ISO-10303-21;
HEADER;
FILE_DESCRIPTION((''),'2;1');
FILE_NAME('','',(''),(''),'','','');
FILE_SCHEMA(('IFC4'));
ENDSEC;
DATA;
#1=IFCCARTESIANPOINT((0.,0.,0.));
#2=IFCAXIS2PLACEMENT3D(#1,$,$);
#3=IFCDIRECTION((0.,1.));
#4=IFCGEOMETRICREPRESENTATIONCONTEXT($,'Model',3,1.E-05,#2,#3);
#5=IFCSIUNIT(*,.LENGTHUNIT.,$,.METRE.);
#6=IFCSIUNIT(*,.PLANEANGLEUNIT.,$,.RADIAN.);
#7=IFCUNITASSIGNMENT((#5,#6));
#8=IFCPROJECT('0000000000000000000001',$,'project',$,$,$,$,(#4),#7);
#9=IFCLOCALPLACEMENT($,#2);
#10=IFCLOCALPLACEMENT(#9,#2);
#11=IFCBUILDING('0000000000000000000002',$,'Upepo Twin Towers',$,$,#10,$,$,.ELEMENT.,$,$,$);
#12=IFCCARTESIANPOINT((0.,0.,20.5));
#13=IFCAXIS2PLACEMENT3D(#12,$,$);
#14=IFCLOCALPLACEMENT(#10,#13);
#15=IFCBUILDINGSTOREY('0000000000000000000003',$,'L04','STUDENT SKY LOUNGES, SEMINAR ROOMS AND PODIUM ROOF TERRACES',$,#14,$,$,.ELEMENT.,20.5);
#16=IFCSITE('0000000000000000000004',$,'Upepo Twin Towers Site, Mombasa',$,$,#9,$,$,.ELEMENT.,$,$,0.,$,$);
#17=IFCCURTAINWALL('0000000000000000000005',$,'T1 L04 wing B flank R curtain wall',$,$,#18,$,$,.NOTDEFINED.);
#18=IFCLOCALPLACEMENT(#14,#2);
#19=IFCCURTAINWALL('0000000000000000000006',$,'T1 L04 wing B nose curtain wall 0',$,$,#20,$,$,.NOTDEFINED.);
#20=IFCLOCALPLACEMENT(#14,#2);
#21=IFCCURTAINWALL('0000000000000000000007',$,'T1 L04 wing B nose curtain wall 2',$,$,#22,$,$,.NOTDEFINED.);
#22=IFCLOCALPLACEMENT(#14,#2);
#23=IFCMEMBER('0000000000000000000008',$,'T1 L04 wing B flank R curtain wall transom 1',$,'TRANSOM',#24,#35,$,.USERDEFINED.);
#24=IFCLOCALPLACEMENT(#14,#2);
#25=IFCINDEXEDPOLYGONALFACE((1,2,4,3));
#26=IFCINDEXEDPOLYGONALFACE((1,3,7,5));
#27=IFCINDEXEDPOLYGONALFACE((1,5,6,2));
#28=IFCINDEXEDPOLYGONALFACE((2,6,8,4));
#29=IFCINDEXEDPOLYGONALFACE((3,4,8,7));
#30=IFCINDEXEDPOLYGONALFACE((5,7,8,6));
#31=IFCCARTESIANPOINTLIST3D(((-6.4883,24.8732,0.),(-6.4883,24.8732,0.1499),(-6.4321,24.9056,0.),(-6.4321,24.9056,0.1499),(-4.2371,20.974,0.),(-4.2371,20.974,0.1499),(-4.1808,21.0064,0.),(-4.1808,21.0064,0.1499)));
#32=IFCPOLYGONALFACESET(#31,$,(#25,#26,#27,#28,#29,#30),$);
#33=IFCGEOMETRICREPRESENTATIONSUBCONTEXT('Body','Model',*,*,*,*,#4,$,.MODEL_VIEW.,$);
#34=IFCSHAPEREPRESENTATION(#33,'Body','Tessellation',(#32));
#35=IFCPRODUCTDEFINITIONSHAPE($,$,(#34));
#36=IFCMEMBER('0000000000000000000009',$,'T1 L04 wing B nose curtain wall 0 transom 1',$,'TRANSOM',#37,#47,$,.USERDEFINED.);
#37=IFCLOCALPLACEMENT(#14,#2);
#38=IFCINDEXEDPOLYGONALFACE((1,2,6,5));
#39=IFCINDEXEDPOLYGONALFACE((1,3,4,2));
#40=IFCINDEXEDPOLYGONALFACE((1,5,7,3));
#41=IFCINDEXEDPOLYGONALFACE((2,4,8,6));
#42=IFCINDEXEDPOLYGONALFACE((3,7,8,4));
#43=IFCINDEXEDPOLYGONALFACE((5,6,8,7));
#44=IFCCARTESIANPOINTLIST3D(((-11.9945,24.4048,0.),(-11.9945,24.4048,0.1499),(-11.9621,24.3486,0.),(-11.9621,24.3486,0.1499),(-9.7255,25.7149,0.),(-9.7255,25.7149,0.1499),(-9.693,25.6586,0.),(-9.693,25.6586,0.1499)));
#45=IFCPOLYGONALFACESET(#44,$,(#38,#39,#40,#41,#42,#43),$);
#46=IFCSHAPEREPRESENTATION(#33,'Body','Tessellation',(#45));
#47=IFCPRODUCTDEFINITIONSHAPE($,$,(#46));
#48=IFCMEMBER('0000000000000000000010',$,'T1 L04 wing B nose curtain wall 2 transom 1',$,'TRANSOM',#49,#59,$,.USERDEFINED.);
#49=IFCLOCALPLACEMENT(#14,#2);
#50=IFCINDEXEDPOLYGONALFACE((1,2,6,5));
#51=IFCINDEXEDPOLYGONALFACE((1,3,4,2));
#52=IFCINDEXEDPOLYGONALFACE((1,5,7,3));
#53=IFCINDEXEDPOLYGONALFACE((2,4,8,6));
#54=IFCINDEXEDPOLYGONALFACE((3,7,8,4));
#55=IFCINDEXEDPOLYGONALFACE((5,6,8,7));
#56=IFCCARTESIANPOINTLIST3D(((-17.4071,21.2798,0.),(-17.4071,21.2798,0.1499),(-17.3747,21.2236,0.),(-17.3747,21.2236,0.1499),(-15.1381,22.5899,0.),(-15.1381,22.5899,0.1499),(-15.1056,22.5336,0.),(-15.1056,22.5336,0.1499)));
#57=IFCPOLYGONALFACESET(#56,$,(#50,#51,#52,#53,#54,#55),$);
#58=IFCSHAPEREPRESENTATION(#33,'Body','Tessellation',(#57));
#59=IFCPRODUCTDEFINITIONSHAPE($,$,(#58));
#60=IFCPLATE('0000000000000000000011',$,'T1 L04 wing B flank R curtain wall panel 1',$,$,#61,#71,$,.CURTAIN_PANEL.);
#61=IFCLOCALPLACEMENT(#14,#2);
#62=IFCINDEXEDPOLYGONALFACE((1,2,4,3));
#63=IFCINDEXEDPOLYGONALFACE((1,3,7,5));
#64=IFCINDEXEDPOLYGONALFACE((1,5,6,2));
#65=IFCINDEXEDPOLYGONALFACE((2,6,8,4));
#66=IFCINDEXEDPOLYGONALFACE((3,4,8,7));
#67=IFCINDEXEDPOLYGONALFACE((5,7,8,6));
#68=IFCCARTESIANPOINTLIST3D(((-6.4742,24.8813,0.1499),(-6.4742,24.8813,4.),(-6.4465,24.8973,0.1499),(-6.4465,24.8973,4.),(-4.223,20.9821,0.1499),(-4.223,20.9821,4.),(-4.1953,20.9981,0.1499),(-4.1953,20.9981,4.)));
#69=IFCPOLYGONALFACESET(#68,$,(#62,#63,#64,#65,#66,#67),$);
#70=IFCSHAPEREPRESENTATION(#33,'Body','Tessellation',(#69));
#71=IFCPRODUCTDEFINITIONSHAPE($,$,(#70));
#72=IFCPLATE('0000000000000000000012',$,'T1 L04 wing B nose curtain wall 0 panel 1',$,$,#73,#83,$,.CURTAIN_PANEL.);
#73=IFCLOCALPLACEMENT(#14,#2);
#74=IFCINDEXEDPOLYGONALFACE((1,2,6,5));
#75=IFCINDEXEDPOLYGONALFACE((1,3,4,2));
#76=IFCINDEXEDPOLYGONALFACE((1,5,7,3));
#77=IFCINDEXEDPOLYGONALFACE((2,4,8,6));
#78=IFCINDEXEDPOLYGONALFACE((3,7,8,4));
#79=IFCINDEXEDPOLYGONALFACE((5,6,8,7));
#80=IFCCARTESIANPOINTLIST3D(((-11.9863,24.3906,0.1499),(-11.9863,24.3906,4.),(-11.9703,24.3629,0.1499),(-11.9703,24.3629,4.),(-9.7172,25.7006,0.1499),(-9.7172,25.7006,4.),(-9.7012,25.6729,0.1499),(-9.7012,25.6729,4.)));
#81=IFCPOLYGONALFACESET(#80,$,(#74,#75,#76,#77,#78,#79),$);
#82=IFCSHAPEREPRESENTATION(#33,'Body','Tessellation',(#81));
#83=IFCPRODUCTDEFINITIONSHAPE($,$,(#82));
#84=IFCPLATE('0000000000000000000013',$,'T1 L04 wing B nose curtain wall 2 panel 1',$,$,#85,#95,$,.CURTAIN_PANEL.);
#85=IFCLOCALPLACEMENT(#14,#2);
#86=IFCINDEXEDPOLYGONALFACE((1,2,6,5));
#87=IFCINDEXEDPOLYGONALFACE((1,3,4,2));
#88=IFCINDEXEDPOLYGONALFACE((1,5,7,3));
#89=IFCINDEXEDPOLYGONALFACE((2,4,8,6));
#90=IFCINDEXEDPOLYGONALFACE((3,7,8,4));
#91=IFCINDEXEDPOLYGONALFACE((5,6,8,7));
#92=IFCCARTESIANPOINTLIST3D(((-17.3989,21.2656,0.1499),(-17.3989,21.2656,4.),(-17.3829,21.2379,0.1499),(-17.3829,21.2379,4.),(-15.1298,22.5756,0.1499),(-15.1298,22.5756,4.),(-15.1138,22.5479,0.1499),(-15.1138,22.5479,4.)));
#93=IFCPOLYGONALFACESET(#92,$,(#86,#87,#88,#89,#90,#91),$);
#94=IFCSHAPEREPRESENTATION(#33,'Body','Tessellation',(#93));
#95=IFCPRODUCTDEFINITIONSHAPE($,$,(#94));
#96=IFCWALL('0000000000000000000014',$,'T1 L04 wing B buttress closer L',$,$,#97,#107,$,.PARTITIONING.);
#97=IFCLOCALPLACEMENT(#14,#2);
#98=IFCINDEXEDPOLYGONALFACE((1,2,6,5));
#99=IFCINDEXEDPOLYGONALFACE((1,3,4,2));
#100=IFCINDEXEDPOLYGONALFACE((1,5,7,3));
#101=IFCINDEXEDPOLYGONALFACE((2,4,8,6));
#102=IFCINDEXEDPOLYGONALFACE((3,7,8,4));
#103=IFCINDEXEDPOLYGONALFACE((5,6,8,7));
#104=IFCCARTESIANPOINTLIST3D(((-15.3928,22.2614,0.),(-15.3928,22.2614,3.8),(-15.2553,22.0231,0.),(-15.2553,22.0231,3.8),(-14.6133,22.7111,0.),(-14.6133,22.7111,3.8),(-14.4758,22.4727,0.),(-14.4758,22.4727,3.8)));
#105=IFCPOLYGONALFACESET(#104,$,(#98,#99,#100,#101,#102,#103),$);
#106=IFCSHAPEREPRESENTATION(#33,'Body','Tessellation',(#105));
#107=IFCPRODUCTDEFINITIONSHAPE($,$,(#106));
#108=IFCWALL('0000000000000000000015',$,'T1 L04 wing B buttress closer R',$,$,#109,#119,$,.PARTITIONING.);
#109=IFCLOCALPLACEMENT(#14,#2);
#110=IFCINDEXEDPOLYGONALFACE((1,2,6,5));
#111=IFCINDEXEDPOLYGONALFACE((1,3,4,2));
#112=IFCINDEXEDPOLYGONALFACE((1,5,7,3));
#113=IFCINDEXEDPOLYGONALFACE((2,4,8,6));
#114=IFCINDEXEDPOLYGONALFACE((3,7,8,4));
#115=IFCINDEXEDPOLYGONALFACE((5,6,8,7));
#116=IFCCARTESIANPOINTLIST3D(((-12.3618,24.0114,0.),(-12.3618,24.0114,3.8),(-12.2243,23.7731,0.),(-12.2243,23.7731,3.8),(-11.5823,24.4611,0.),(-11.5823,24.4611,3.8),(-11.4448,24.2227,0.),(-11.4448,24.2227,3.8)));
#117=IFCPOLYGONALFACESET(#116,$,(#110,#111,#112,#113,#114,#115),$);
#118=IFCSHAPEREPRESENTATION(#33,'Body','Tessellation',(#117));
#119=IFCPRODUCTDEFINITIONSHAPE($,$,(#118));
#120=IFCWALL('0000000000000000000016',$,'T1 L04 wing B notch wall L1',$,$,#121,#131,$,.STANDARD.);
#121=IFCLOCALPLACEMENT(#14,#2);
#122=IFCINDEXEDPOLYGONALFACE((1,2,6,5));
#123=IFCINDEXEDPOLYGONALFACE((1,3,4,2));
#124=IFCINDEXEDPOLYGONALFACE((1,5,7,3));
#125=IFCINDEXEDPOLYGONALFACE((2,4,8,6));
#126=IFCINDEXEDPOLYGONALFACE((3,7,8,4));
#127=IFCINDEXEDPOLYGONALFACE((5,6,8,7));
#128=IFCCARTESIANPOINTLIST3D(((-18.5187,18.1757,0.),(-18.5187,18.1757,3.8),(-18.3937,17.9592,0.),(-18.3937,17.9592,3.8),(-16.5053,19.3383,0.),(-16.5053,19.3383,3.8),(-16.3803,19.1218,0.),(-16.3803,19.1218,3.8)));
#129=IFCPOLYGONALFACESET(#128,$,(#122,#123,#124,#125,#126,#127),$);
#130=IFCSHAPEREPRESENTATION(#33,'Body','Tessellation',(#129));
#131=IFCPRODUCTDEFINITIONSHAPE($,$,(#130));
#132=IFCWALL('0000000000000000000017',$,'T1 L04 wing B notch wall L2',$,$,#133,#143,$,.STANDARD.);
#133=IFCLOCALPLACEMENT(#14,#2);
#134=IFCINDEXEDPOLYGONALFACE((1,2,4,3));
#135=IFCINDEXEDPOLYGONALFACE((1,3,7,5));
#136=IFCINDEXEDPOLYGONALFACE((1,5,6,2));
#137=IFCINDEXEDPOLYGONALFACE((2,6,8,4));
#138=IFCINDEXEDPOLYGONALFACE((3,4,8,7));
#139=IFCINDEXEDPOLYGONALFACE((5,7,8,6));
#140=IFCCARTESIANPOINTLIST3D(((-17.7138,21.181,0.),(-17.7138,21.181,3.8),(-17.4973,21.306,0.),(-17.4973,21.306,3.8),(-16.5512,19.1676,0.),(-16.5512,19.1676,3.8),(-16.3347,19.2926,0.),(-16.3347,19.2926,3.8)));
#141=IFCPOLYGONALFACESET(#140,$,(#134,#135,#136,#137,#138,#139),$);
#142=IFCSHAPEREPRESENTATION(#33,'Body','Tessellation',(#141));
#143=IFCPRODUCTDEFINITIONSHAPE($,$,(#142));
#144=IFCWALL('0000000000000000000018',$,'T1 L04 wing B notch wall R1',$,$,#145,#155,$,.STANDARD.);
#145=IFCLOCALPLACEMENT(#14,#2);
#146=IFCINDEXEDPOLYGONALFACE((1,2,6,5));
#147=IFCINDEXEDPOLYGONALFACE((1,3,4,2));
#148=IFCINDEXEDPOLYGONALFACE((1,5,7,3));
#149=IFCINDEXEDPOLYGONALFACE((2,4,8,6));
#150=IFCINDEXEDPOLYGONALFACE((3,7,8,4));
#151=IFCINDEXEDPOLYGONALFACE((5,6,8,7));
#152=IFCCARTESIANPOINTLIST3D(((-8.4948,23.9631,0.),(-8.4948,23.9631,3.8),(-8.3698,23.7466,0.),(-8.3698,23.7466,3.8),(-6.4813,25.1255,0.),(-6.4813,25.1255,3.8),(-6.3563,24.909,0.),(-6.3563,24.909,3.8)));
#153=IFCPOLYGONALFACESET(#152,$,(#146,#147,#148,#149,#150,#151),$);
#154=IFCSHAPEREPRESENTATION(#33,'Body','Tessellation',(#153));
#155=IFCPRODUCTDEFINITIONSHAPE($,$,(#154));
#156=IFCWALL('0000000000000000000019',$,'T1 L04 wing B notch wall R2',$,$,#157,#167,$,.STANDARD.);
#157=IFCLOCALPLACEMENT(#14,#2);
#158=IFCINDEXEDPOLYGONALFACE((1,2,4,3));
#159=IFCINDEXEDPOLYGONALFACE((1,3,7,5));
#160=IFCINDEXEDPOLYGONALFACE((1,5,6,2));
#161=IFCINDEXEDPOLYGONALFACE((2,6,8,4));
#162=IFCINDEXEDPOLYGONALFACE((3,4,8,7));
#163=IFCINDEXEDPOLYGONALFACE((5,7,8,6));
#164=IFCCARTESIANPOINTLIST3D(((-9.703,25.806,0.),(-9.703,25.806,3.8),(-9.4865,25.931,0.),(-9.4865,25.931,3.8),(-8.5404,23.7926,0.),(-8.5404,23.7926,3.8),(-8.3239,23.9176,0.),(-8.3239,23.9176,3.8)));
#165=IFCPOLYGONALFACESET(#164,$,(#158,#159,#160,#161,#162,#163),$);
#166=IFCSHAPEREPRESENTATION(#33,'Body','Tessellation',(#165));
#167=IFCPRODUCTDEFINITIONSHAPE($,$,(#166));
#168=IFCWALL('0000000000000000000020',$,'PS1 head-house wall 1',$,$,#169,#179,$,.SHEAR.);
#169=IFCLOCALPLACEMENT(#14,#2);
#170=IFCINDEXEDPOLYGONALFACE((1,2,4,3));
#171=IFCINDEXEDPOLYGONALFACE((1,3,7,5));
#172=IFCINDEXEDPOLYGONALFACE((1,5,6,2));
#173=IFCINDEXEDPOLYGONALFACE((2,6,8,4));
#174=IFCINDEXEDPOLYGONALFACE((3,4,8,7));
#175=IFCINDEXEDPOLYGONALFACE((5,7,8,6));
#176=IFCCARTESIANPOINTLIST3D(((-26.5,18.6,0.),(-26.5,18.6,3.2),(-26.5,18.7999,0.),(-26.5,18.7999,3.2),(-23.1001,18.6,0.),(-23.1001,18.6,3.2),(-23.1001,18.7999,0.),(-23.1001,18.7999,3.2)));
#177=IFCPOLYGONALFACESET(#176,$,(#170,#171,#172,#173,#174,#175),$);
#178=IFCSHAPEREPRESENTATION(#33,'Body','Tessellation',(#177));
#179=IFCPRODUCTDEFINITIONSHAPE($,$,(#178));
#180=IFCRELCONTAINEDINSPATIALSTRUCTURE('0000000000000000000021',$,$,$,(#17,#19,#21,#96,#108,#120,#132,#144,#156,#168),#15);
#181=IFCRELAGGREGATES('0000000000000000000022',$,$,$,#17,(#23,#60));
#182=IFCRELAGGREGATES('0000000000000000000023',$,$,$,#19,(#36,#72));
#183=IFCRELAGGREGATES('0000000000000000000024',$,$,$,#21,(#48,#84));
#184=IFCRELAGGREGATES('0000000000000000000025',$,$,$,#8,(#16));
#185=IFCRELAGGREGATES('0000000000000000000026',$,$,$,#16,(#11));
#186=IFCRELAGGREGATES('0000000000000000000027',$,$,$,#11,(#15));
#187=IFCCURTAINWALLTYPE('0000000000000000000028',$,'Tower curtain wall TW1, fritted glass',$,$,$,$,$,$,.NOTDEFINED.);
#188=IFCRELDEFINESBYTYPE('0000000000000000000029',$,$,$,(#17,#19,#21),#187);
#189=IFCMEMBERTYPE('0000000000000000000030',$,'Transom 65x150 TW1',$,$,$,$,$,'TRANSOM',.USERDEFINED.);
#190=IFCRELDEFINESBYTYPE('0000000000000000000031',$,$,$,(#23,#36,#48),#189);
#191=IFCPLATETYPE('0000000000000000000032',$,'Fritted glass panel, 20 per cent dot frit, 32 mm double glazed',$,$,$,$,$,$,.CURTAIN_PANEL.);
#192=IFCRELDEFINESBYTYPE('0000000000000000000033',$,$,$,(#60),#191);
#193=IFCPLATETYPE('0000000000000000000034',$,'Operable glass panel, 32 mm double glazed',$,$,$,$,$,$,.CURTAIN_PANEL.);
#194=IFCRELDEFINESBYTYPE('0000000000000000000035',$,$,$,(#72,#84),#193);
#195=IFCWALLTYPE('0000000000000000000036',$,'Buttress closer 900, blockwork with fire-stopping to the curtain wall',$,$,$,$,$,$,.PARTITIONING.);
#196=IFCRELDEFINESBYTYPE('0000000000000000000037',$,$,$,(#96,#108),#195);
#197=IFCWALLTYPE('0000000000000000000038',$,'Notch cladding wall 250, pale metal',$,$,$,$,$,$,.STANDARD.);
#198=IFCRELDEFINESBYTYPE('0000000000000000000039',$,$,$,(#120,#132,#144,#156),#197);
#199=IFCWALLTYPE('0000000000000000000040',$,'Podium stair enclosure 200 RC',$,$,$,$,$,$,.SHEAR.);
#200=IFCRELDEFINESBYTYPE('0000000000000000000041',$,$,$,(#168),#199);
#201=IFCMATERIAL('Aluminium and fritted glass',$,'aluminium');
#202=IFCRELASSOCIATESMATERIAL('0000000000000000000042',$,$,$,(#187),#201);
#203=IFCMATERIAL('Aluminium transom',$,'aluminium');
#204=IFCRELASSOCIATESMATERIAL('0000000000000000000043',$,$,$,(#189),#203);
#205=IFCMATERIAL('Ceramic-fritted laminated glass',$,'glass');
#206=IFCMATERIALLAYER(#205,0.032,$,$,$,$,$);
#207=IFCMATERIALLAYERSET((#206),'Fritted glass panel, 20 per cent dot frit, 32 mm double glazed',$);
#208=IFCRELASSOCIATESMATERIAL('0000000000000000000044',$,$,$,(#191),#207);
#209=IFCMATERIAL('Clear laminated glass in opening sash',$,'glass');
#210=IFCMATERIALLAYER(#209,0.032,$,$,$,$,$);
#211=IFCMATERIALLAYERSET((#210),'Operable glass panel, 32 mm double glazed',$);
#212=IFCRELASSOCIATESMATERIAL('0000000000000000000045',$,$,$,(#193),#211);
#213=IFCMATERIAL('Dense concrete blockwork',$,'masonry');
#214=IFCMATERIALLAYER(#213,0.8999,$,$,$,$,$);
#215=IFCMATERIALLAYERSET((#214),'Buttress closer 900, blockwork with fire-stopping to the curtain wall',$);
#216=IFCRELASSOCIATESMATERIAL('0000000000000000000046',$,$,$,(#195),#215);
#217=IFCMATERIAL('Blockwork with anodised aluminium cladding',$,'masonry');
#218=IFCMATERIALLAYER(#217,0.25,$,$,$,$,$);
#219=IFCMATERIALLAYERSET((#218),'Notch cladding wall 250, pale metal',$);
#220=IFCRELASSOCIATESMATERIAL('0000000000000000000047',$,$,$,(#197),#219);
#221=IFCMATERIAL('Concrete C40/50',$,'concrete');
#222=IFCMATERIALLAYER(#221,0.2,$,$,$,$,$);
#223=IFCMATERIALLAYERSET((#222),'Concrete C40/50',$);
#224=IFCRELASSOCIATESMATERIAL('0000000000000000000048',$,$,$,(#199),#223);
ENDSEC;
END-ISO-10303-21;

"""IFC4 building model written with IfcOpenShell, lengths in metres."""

from ifc_helpers import new_model, si_unit, direction, frame, frame_2d, origin, origin_2d, place, context, subcontext, project, spatial, rectangle, extrude, material, layer, layer_set, material_profile, profile_set, type_object, element, aggregate, save


model = new_model("IFC4")

# Units and contexts
model_context = context("Model", 3, precision=1e-05, world=origin(), true_north=direction((0.0, 1.0)))
body_context = subcontext(model_context, "Body", "Model", "MODEL_VIEW")
ifc_project = project(units=[si_unit("LENGTHUNIT", "METRE"), si_unit("PLANEANGLEUNIT", "RADIAN")], contexts=[model_context])

# Site, building, storey
site_placement = place(None, origin())
site = spatial("IfcSite", under=ifc_project, at=site_placement, Name="Upepo Twin Towers Site, Mombasa", CompositionType="ELEMENT", RefElevation=0.0)
building_placement = place(site_placement, origin())
building = spatial("IfcBuilding", under=site, at=building_placement, Name="Upepo Twin Towers", CompositionType="ELEMENT")
storey_placement = place(building_placement, frame((0.0, 0.0, 20.5)))
storey = spatial("IfcBuildingStorey", under=building, at=storey_placement, Name="L04", Description="STUDENT SKY LOUNGES, SEMINAR ROOMS AND PODIUM ROOF TERRACES", CompositionType="ELEMENT", Elevation=20.5)

# Shared definitions
ifc_material_1 = material(Name="Aluminium and fritted glass", Category="aluminium")
curtain_wall_type = type_object("IfcCurtainWallType", Name="Tower curtain wall TW1, fritted glass", PredefinedType="NOTDEFINED", material=ifc_material_1)

# Curtain walls
curtain_wall_1_placement = place(storey_placement, origin())
curtain_wall_1 = element("IfcCurtainWall", 1, at=curtain_wall_1_placement, inside=storey, type_object=curtain_wall_type, Name="T1 L04 wing B flank R curtain wall", PredefinedType="NOTDEFINED")
curtain_wall_2_placement = place(storey_placement, origin())
curtain_wall_2 = element("IfcCurtainWall", 2, at=curtain_wall_2_placement, inside=storey, type_object=curtain_wall_type, Name="T1 L04 wing B nose curtain wall 0", PredefinedType="NOTDEFINED")
curtain_wall_3_placement = place(storey_placement, origin())
curtain_wall_3 = element("IfcCurtainWall", 3, at=curtain_wall_3_placement, inside=storey, type_object=curtain_wall_type, Name="T1 L04 wing B nose curtain wall 2", PredefinedType="NOTDEFINED")

# Members
ifc_material_2 = material(Name="Aluminium transom", Category="aluminium")
ifc_material_profile_1 = material_profile(ifc_material_2, rectangle(XDim=0.0649, YDim=0.1499, at=origin_2d()), Name="TRANSOM 65x150")
ifc_profile_set_1 = profile_set([ifc_material_profile_1], Name="Aluminium transom")
member_type_1 = type_object("IfcMemberType", Name="Transom 65x150 TW1", ElementType="TRANSOM", PredefinedType="USERDEFINED", material=ifc_profile_set_1)
member_1_placement = place(storey_placement, frame((-6.4602, 24.8894, 0.075), z_axis=(0.500006, -0.866022, 0.0), x_axis=(0.866022, 0.500006, 0.0)))
member_1 = element("IfcMember", 4, at=member_1_placement, type_object=member_type_1, Name="T1 L04 wing B flank R curtain wall transom 1", ObjectType="TRANSOM", PredefinedType="USERDEFINED", context=body_context, shape_type="SweptSolid", body=[
    extrude(rectangle(XDim=0.0649, YDim=0.1499, at=origin_2d()), origin(), (0.0, 0.0, 1.0), 4.5024),
])
member_2_placement = place(storey_placement, frame((-9.7092, 25.6868, 0.075), z_axis=(-0.866021, -0.500007, 0.0), x_axis=(0.500007, -0.866021, 0.0)))
member_2 = element("IfcMember", 5, at=member_2_placement, type_object=member_type_1, Name="T1 L04 wing B nose curtain wall 0 transom 1", ObjectType="TRANSOM", PredefinedType="USERDEFINED", context=body_context, shape_type="SweptSolid", body=[
    extrude(rectangle(XDim=0.0649, YDim=0.1499, at=origin_2d()), origin(), (0.0, 0.0, 1.0), 2.6201),
])
member_3_placement = place(storey_placement, frame((-15.1218, 22.5618, 0.075), z_axis=(-0.866021, -0.500007, 0.0), x_axis=(0.500007, -0.866021, 0.0)))
member_3 = element("IfcMember", 6, at=member_3_placement, type_object=member_type_1, Name="T1 L04 wing B nose curtain wall 2 transom 1", ObjectType="TRANSOM", PredefinedType="USERDEFINED", context=body_context, shape_type="SweptSolid", body=[
    extrude(rectangle(XDim=0.0649, YDim=0.1499, at=origin_2d()), origin(), (0.0, 0.0, 1.0), 2.6201),
])

# Plates
ifc_material_3 = material(Name="Ceramic-fritted laminated glass", Category="glass")
ifc_layer_1 = layer(ifc_material_3, 0.032)
ifc_layer_set_1 = layer_set([ifc_layer_1], Name="Fritted glass panel, 20 per cent dot frit, 32 mm double glazed")
plate_type_1 = type_object("IfcPlateType", Name="Fritted glass panel, 20 per cent dot frit, 32 mm double glazed", PredefinedType="CURTAIN_PANEL", material=ifc_layer_set_1)
plate_1_placement = place(storey_placement, frame((-5.3347, 22.9397, 0.1499), z_axis=(0.0, 0.0, 1.0), x_axis=(0.5, -0.866025, 0.0)))
plate_1 = element("IfcPlate", 7, at=plate_1_placement, type_object=plate_type_1, Name="T1 L04 wing B flank R curtain wall panel 1", PredefinedType="CURTAIN_PANEL", context=body_context, shape_type="SweptSolid", body=[
    extrude(rectangle(XDim=4.5024, YDim=0.032, at=origin_2d()), origin(), (0.0, 0.0, 1.0), 3.8501),
])
aggregate(curtain_wall_1, [member_1, plate_1])
ifc_material_4 = material(Name="Clear laminated glass in opening sash", Category="glass")
ifc_layer_2 = layer(ifc_material_4, 0.032)
ifc_layer_set_2 = layer_set([ifc_layer_2], Name="Operable glass panel, 32 mm double glazed")
plate_type_2 = type_object("IfcPlateType", Name="Operable glass panel, 32 mm double glazed", PredefinedType="CURTAIN_PANEL", material=ifc_layer_set_2)
plate_2_placement = place(storey_placement, frame((-10.8438, 25.0317, 0.1499), z_axis=(0.0, 0.0, 1.0), x_axis=(-0.866025, -0.5, 0.0)))
plate_2 = element("IfcPlate", 8, at=plate_2_placement, type_object=plate_type_2, Name="T1 L04 wing B nose curtain wall 0 panel 1", PredefinedType="CURTAIN_PANEL", context=body_context, shape_type="SweptSolid", body=[
    extrude(rectangle(XDim=2.6201, YDim=0.032, at=origin_2d()), origin(), (0.0, 0.0, 1.0), 3.8501),
])
aggregate(curtain_wall_2, [member_2, plate_2])
plate_3_placement = place(storey_placement, frame((-16.2563, 21.9067, 0.1499), z_axis=(0.0, 0.0, 1.0), x_axis=(-0.866025, -0.5, 0.0)))
plate_3 = element("IfcPlate", 9, at=plate_3_placement, type_object=plate_type_2, Name="T1 L04 wing B nose curtain wall 2 panel 1", PredefinedType="CURTAIN_PANEL", context=body_context, shape_type="SweptSolid", body=[
    extrude(rectangle(XDim=2.6201, YDim=0.032, at=origin_2d()), origin(), (0.0, 0.0, 1.0), 3.8501),
])
aggregate(curtain_wall_3, [member_3, plate_3])

# Walls
ifc_material_5 = material(Name="Dense concrete blockwork", Category="masonry")
ifc_layer_3 = layer(ifc_material_5, 0.8999)
ifc_layer_set_3 = layer_set([ifc_layer_3], Name="Buttress closer 900, blockwork with fire-stopping to the curtain wall")
wall_type_1 = type_object("IfcWallType", Name="Buttress closer 900, blockwork with fire-stopping to the curtain wall", PredefinedType="PARTITIONING", material=ifc_layer_set_3)
for number, where, z_axis, x_axis, name in (
    (10, (-14.8655, 22.2478, 0.0), (0.0, 0.0, 1.0), (-0.499671, 0.866215, 0.0), "T1 L04 wing B buttress closer L"),
    (11, (-11.8345, 23.9978, 0.0), (0.0, 0.0, 1.0), (-0.499671, 0.866215, 0.0), "T1 L04 wing B buttress closer R"),
):
    element("IfcWall", number, at=place(storey_placement, frame(where, z_axis=z_axis, x_axis=x_axis)), inside=storey, type_object=wall_type_1, Name=name, PredefinedType="PARTITIONING", context=body_context, shape_type="SweptSolid", body=[
        extrude(rectangle(XDim=0.2751, YDim=0.8999, at=frame_2d((0.1377, 0.0))), origin(), (0.0, 0.0, 1.0), 3.8),
    ])
ifc_material_6 = material(Name="Blockwork with anodised aluminium cladding", Category="masonry")
ifc_layer_4 = layer(ifc_material_6, 0.25)
ifc_layer_set_4 = layer_set([ifc_layer_4], Name="Notch cladding wall 250, pale metal")
wall_type_2 = type_object("IfcWallType", Name="Notch cladding wall 250, pale metal", PredefinedType="STANDARD", material=ifc_layer_set_4)
for number, where, z_axis, x_axis, name in (
    (12, (-18.4563, 18.0674, 0.0), (0.0, 0.0, 1.0), (0.865998, 0.500047, 0.0), "T1 L04 wing B notch wall L1"),
    (13, (-16.4429, 19.23, 0.0), (0.0, 0.0, 1.0), (-0.500047, 0.865998, 0.0), "T1 L04 wing B notch wall L2"),
    (14, (-6.4187, 25.0173, 0.0), (0.0, 0.0, 1.0), (-0.866044, -0.499968, 0.0), "T1 L04 wing B notch wall R1"),
    (15, (-8.4321, 23.855, 0.0), (0.0, 0.0, 1.0), (-0.500047, 0.865998, 0.0), "T1 L04 wing B notch wall R2"),
):
    element("IfcWall", number, at=place(storey_placement, frame(where, z_axis=z_axis, x_axis=x_axis)), inside=storey, type_object=wall_type_2, Name=name, PredefinedType="STANDARD", context=body_context, shape_type="SweptSolid", body=[
        extrude(rectangle(XDim=2.325, YDim=0.25, at=frame_2d((1.1626, 0.0))), origin(), (0.0, 0.0, 1.0), 3.8),
    ])

# Wall
ifc_material_7 = material(Name="Concrete C40/50", Category="concrete")
ifc_layer_5 = layer(ifc_material_7, 0.2)
ifc_layer_set_5 = layer_set([ifc_layer_5], Name="Concrete C40/50")
wall_type_3 = type_object("IfcWallType", Name="Podium stair enclosure 200 RC", PredefinedType="SHEAR", material=ifc_layer_set_5)
wall_1_placement = place(storey_placement, frame((-26.5, 18.7, 0.0), z_axis=(0.0, 0.0, 1.0), x_axis=(1.0, 0.0, 0.0)))
element("IfcWall", 16, at=wall_1_placement, inside=storey, type_object=wall_type_3, Name="PS1 head-house wall 1", PredefinedType="SHEAR", context=body_context, shape_type="SweptSolid", body=[
    extrude(rectangle(XDim=3.3999, YDim=0.2, at=frame_2d((1.7, 0.0))), origin(), (0.0, 0.0, 1.0), 3.2),
])

save(model, "model.ifc")
